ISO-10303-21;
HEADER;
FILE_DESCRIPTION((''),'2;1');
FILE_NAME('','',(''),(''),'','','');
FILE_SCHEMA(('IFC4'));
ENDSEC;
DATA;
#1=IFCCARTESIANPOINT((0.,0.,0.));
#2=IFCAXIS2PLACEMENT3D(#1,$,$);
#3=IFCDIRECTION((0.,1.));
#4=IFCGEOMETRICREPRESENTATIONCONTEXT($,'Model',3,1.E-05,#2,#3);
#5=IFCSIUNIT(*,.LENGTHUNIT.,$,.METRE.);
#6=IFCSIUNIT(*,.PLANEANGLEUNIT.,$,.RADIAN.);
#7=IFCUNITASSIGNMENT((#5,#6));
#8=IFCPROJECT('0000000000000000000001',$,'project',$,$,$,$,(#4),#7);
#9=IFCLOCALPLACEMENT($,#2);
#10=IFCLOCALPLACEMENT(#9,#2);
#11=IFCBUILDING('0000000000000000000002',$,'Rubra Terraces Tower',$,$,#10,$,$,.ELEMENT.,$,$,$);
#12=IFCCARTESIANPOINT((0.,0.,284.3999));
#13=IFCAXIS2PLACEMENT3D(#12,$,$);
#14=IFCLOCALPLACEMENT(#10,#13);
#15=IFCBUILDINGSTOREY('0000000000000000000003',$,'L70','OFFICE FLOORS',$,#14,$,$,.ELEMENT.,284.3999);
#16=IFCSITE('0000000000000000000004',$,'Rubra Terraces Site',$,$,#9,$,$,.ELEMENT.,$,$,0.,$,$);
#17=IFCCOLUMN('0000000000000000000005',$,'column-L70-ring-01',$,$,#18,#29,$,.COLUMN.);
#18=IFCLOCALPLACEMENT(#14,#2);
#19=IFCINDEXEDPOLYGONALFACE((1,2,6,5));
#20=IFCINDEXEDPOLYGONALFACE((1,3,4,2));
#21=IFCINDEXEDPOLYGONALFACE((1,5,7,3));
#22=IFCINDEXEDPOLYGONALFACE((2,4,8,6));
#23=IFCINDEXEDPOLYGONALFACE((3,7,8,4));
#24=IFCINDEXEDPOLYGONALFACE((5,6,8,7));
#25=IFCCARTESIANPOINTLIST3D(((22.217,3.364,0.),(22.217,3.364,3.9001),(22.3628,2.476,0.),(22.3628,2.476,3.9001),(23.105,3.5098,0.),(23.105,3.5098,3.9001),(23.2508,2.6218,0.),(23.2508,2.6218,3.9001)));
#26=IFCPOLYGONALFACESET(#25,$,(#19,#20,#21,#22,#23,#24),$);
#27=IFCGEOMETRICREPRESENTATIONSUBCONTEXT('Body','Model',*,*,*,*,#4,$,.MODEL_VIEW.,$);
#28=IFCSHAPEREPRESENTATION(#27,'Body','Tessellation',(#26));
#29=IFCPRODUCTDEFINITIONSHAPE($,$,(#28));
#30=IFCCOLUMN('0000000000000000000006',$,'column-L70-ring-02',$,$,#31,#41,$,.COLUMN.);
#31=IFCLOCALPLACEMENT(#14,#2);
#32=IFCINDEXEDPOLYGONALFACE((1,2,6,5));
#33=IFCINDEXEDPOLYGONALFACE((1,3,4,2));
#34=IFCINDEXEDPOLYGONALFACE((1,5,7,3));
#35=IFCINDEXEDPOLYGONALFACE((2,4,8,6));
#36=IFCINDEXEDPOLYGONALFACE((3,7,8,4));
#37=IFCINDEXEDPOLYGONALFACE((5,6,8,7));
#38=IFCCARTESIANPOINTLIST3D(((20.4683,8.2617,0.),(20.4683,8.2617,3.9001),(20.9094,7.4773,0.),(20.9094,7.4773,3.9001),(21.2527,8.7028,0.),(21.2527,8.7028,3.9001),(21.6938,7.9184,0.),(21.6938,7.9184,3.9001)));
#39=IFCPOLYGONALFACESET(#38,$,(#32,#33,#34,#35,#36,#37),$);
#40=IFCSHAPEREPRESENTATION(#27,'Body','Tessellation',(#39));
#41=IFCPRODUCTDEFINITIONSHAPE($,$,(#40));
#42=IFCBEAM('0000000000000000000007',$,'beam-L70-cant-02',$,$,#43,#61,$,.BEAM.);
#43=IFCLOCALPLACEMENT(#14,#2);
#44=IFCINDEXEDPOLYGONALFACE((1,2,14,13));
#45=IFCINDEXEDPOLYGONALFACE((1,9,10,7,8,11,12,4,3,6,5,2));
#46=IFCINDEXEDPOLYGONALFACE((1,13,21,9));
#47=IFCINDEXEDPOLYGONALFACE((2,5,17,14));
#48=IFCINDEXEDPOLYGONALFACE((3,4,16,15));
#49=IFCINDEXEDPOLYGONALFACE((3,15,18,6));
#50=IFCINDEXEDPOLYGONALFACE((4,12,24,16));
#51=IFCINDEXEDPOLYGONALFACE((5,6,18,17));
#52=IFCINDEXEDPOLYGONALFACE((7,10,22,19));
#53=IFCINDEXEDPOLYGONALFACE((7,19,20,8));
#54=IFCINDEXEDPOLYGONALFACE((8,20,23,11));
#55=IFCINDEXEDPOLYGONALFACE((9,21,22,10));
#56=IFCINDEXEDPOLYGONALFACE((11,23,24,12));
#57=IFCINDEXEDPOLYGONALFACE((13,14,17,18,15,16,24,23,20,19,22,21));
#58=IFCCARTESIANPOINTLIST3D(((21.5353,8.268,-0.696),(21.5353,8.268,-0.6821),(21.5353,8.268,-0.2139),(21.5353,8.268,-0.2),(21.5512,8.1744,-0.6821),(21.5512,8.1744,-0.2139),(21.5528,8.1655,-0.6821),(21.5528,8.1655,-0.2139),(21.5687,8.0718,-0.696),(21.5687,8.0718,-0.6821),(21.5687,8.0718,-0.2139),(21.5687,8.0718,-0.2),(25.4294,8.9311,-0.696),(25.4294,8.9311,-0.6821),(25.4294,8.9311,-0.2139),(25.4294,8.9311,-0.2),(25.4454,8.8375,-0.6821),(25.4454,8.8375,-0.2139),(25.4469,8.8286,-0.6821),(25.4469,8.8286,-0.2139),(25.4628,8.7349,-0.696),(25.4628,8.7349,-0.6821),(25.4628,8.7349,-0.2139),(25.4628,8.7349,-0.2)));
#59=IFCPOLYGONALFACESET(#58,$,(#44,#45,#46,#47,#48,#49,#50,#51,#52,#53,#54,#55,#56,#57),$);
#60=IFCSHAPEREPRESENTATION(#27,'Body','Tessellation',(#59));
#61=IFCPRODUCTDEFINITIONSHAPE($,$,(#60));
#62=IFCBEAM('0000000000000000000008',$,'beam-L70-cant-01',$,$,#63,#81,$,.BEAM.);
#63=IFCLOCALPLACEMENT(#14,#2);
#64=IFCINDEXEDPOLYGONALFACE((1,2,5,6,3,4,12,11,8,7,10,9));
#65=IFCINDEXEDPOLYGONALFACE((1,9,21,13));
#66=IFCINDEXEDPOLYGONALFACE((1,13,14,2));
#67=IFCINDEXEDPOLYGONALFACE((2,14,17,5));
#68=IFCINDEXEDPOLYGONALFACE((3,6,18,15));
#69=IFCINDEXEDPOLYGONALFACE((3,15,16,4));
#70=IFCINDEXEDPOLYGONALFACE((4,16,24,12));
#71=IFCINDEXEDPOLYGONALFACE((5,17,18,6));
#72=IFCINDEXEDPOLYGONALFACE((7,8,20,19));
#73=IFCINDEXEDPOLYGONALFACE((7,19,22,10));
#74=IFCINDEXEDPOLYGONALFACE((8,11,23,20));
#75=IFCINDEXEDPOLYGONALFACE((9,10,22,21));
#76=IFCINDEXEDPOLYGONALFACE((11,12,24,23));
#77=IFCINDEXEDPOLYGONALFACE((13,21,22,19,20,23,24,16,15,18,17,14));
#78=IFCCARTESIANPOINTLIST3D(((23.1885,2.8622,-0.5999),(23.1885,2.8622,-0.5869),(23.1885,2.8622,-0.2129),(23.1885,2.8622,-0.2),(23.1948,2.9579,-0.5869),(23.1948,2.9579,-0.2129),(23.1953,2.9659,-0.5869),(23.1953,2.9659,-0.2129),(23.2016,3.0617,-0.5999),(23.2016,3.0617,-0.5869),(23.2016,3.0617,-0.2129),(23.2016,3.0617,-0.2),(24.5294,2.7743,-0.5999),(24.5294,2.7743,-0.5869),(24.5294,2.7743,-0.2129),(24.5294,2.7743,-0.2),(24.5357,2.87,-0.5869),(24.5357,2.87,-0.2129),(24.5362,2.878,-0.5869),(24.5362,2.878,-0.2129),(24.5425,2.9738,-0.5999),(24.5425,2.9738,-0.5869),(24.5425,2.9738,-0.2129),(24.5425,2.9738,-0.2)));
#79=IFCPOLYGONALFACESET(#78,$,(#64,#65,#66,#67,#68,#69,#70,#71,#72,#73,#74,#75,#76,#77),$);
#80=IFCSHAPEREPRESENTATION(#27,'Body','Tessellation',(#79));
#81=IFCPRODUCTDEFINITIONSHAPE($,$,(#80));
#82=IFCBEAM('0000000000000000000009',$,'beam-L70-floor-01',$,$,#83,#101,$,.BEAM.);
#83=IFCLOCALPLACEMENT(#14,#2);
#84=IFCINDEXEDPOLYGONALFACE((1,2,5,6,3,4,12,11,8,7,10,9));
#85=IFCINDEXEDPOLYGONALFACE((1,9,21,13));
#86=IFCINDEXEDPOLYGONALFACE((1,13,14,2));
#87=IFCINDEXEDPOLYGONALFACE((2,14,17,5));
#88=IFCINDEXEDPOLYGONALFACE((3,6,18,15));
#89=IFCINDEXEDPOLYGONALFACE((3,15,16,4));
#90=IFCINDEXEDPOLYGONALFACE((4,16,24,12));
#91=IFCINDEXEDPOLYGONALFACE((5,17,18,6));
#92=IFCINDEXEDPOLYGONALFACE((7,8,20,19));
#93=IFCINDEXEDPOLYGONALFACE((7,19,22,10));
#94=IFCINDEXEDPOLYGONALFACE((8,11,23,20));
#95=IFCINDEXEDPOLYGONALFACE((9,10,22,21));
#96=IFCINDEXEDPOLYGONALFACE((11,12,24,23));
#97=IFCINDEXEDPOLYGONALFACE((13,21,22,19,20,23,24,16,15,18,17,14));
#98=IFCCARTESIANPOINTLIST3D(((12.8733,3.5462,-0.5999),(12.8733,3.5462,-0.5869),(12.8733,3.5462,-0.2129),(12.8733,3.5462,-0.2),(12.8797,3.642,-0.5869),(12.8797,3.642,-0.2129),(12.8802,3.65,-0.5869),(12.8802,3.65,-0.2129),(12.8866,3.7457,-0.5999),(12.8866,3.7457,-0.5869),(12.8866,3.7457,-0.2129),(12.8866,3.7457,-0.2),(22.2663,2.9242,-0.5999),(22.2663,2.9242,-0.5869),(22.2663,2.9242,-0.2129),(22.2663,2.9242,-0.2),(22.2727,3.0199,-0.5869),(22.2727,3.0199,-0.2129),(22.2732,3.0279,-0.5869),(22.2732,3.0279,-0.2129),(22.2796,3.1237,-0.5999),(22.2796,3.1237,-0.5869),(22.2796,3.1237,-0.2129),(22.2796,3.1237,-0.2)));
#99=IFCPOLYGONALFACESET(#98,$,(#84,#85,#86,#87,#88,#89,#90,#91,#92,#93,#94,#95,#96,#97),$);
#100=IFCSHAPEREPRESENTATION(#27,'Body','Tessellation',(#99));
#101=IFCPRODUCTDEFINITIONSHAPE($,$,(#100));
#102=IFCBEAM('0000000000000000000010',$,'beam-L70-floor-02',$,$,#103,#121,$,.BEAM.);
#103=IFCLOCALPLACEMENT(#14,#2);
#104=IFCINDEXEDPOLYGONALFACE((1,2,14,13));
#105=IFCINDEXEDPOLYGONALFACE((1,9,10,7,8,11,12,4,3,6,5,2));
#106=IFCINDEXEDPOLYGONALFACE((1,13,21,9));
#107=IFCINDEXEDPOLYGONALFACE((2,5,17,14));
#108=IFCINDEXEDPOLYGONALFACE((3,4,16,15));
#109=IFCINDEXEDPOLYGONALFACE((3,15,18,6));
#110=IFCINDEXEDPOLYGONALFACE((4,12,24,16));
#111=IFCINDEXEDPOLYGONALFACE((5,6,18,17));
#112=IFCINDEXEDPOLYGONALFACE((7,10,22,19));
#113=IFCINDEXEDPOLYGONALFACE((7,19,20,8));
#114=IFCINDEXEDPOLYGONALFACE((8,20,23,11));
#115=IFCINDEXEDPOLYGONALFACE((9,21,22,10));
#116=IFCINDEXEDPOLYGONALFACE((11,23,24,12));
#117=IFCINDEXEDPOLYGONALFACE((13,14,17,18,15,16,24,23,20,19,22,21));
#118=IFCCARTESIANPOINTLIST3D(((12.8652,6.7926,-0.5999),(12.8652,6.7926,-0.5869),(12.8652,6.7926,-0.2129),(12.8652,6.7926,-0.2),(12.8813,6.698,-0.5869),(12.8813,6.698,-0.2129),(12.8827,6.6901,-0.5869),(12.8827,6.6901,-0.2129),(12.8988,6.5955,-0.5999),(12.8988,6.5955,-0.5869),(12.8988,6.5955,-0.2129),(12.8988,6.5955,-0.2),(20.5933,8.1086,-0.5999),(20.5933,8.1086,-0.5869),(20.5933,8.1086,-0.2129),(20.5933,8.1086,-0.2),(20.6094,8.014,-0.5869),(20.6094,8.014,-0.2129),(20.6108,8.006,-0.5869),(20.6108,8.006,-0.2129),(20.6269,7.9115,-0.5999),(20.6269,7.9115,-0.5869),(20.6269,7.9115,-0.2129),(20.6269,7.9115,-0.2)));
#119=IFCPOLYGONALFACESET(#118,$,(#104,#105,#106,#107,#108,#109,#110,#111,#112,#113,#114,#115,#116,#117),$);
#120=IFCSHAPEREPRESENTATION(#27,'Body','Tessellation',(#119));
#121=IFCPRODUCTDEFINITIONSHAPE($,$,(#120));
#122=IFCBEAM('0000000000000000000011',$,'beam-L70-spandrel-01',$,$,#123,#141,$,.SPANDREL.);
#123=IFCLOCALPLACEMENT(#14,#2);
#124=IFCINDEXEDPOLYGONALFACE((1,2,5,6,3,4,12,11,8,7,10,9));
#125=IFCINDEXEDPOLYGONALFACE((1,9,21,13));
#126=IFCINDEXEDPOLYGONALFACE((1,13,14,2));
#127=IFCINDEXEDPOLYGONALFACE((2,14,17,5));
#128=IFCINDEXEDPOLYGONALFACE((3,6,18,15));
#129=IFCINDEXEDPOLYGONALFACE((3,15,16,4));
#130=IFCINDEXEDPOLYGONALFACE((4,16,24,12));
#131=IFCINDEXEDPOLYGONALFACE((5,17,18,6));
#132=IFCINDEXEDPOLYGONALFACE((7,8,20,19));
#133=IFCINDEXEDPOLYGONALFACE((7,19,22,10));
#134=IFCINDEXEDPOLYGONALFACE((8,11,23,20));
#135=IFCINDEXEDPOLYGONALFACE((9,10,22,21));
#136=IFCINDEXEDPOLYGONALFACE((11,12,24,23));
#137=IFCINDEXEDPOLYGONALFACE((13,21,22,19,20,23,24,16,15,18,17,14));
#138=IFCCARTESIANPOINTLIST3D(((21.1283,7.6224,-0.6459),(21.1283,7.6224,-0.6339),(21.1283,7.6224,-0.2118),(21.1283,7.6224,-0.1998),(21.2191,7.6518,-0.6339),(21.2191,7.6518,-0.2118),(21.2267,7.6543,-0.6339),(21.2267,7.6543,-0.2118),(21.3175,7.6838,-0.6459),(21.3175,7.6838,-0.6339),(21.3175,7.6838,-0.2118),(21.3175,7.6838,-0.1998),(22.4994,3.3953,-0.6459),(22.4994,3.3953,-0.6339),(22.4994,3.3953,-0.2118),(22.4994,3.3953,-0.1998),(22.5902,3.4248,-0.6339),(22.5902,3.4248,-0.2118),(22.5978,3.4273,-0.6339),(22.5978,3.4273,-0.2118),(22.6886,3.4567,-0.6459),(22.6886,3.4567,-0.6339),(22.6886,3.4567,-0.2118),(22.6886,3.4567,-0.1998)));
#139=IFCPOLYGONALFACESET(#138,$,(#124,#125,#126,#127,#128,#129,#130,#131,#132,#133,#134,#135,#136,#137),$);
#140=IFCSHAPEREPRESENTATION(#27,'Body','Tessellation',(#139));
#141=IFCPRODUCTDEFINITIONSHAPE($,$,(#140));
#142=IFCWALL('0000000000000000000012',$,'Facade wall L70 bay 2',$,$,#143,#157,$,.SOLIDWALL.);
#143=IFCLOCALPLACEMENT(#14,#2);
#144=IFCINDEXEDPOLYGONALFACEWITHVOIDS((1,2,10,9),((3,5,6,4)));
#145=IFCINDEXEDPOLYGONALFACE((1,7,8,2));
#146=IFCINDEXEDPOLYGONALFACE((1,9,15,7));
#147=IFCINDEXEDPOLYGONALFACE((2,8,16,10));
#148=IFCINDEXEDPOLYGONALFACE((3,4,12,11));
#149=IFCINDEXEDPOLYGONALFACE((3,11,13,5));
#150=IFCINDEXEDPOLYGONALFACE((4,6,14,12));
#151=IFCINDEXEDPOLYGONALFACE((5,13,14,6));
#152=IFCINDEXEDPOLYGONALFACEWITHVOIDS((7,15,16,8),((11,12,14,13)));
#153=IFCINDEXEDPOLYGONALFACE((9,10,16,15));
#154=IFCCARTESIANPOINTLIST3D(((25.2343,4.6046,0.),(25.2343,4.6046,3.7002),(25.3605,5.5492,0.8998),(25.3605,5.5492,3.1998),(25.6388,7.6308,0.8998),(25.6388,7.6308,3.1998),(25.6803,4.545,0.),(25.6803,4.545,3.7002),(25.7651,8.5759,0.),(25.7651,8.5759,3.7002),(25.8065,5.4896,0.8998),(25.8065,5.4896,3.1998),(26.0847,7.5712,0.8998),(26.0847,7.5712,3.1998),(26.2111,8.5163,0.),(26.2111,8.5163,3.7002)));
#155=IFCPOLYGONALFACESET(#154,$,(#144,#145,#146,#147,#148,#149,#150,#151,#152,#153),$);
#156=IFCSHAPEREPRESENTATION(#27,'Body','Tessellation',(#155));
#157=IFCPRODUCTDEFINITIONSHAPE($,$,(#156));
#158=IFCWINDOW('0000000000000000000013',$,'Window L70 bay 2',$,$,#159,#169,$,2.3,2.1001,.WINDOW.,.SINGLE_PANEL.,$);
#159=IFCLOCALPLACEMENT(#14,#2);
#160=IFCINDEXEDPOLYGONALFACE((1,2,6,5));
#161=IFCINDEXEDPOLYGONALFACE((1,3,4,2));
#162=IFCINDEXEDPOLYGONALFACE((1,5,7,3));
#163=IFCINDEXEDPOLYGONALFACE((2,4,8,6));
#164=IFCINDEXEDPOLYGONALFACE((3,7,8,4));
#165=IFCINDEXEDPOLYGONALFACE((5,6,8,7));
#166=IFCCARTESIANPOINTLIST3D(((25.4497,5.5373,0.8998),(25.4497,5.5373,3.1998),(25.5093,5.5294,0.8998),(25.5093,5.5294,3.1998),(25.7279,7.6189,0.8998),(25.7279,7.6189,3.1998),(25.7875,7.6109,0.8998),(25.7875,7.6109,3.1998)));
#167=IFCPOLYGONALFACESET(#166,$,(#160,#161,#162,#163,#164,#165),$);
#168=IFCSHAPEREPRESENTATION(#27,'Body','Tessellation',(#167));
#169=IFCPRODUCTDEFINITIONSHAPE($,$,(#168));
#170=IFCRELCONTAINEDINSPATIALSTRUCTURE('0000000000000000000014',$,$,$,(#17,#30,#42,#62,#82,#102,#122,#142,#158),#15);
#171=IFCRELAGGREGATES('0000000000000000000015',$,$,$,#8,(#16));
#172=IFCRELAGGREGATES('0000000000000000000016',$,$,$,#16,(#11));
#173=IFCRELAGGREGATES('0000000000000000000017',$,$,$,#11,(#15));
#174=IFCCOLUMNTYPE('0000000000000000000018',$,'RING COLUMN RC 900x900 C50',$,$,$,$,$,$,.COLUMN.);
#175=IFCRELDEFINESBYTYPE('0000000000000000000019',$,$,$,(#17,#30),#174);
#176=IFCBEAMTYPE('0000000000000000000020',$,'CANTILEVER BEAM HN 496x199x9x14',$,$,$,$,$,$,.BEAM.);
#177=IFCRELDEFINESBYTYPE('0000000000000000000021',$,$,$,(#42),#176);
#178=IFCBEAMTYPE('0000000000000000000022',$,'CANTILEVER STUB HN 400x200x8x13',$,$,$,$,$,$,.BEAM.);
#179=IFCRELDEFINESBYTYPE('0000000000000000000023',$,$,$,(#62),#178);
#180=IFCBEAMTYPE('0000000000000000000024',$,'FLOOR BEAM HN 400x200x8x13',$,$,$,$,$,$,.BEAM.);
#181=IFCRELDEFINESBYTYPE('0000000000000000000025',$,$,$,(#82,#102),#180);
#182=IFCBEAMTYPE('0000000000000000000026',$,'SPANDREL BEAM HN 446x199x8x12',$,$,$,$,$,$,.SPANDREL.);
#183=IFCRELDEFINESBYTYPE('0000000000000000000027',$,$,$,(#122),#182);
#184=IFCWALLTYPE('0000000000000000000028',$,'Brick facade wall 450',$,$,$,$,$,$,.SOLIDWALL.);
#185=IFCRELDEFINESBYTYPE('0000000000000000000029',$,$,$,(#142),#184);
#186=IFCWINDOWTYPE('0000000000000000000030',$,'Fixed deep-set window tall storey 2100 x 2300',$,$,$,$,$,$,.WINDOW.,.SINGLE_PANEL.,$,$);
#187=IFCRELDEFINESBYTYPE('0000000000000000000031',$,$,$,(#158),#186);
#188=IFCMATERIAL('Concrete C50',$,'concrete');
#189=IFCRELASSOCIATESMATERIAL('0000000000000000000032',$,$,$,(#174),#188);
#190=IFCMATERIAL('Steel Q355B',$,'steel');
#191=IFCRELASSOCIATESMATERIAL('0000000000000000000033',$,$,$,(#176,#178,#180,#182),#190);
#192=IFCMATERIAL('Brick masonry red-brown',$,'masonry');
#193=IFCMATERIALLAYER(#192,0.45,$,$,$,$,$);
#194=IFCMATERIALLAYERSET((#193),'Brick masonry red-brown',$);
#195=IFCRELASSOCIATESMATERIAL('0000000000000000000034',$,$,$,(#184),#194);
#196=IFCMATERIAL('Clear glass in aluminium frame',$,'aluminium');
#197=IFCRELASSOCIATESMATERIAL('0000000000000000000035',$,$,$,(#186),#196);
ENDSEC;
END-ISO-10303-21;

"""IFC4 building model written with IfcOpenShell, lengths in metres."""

from ifc_helpers import new_model, si_unit, direction, frame, frame_2d, origin, origin_2d, place, context, subcontext, project, spatial, rectangle, i_section, extrude, material, layer, layer_set, material_profile, profile_set, type_object, element, fill, save


model = new_model("IFC4")

# Units and contexts
model_context = context("Model", 3, precision=1e-05, world=origin(), true_north=direction((0.0, 1.0)))
body_context = subcontext(model_context, "Body", "Model", "MODEL_VIEW")
ifc_project = project(units=[si_unit("LENGTHUNIT", "METRE"), si_unit("PLANEANGLEUNIT", "RADIAN")], contexts=[model_context])

# Site, building, storey
site_placement = place(None, origin())
site = spatial("IfcSite", under=ifc_project, at=site_placement, Name="Rubra Terraces Site", CompositionType="ELEMENT", RefElevation=0.0)
building_placement = place(site_placement, origin())
building = spatial("IfcBuilding", under=site, at=building_placement, Name="Rubra Terraces Tower", CompositionType="ELEMENT")
storey_placement = place(building_placement, frame((0.0, 0.0, 284.3999)))
storey = spatial("IfcBuildingStorey", under=building, at=storey_placement, Name="L70", Description="OFFICE FLOORS", CompositionType="ELEMENT", Elevation=284.3999)

# Columns
ifc_material_1 = material(Name="Concrete C50", Category="concrete")
ifc_material_profile_1 = material_profile(ifc_material_1, rectangle(XDim=0.8999, YDim=0.8999, at=origin_2d()), Name="RC 900x900")
ifc_profile_set_1 = profile_set([ifc_material_profile_1], Name="Concrete C50")
column_type = type_object("IfcColumnType", Name="RING COLUMN RC 900x900 C50", PredefinedType="COLUMN", material=ifc_profile_set_1)
for number, where, z_axis, x_axis, name in (
    (1, (22.7339, 2.9929, 0.0), (0.0, 0.0, 1.0), (-0.162062, 0.986781, 0.0), "column-L70-ring-01"),
    (2, (21.0811, 8.0901, 0.0), (0.0, 0.0, 1.0), (-0.490162, 0.871631, 0.0), "column-L70-ring-02"),
):
    element("IfcColumn", number, at=place(storey_placement, frame(where, z_axis=z_axis, x_axis=x_axis)), inside=storey, type_object=column_type, Name=name, PredefinedType="COLUMN", context=body_context, shape_type="SweptSolid", body=[
        extrude(rectangle(XDim=0.8999, YDim=0.8999, at=origin_2d()), origin(), (0.0, 0.0, 1.0), 3.9001),
    ])

# Beams
ifc_material_2 = material(Name="Steel Q355B", Category="steel")
ifc_material_profile_2 = material_profile(ifc_material_2, i_section(OverallWidth=0.199, OverallDepth=0.4961, WebThickness=0.009, FlangeThickness=0.0139, at=origin_2d()), Name="HN 496x199x9x14")
ifc_profile_set_2 = profile_set([ifc_material_profile_2], Name="Steel Q355B")
beam_type_1 = type_object("IfcBeamType", Name="CANTILEVER BEAM HN 496x199x9x14", PredefinedType="BEAM", material=ifc_profile_set_2)
beam_1_placement = place(storey_placement, frame((21.552, 8.1699, -0.448), z_axis=(0.98581, 0.167866, 0.0), x_axis=(-0.167866, 0.98581, 0.0)))
element("IfcBeam", 3, at=beam_1_placement, inside=storey, type_object=beam_type_1, Name="beam-L70-cant-02", PredefinedType="BEAM", context=body_context, shape_type="SweptSolid", body=[
    extrude(i_section(OverallWidth=0.199, OverallDepth=0.4961, WebThickness=0.009, FlangeThickness=0.0139, at=origin_2d()), origin(), (0.0, 0.0, 1.0), 3.9502),
])
ifc_material_profile_3 = material_profile(ifc_material_2, i_section(OverallWidth=0.2, OverallDepth=0.3999, WebThickness=0.0081, FlangeThickness=0.0129, at=origin_2d()), Name="HN 400x200x8x13")
ifc_profile_set_3 = profile_set([ifc_material_profile_3], Name="Steel Q355B")
beam_type_2 = type_object("IfcBeamType", Name="CANTILEVER STUB HN 400x200x8x13", PredefinedType="BEAM", material=ifc_profile_set_3)
beam_2_placement = place(storey_placement, frame((23.1951, 2.9619, -0.3999), z_axis=(0.997859, -0.06541, 0.0), x_axis=(0.06541, 0.997859, 0.0)))
element("IfcBeam", 4, at=beam_2_placement, inside=storey, type_object=beam_type_2, Name="beam-L70-cant-01", PredefinedType="BEAM", context=body_context, shape_type="SweptSolid", body=[
    extrude(i_section(OverallWidth=0.2, OverallDepth=0.3999, WebThickness=0.0081, FlangeThickness=0.0129, at=origin_2d()), origin(), (0.0, 0.0, 1.0), 1.3438),
])
ifc_material_profile_4 = material_profile(ifc_material_2, i_section(OverallWidth=0.2, OverallDepth=0.3999, WebThickness=0.0081, FlangeThickness=0.0129, at=origin_2d()), Name="HN 400x200x8x13")
ifc_profile_set_4 = profile_set([ifc_material_profile_4], Name="Steel Q355B")
beam_type_3 = type_object("IfcBeamType", Name="FLOOR BEAM HN 400x200x8x13", PredefinedType="BEAM", material=ifc_profile_set_4)
beam_3_placement = place(storey_placement, frame((22.2729, 3.0239, -0.3999), z_axis=(-0.997814, 0.066082, 0.0), x_axis=(-0.066082, -0.997814, 0.0)))
element("IfcBeam", 5, at=beam_3_placement, inside=storey, type_object=beam_type_3, Name="beam-L70-floor-01", PredefinedType="BEAM", context=body_context, shape_type="SweptSolid", body=[
    extrude(i_section(OverallWidth=0.2, OverallDepth=0.3999, WebThickness=0.0081, FlangeThickness=0.0129, at=origin_2d()), origin(), (0.0, 0.0, 1.0), 9.4136),
])
beam_4_placement = place(storey_placement, frame((20.6101, 8.01, -0.3999), z_axis=(-0.98581, -0.167862, 0.0), x_axis=(0.167862, -0.98581, 0.0)))
element("IfcBeam", 6, at=beam_4_placement, inside=storey, type_object=beam_type_3, Name="beam-L70-floor-02", PredefinedType="BEAM", context=body_context, shape_type="SweptSolid", body=[
    extrude(i_section(OverallWidth=0.2, OverallDepth=0.3999, WebThickness=0.0081, FlangeThickness=0.0129, at=origin_2d()), origin(), (0.0, 0.0, 1.0), 7.8394),
])
ifc_material_profile_5 = material_profile(ifc_material_2, i_section(OverallWidth=0.199, OverallDepth=0.446, WebThickness=0.0081, FlangeThickness=0.012, at=origin_2d()), Name="HN 446x199x8x12")
ifc_profile_set_5 = profile_set([ifc_material_profile_5], Name="Steel Q355B")
beam_type_4 = type_object("IfcBeamType", Name="SPANDREL BEAM HN 446x199x8x12", PredefinedType="SPANDREL", material=ifc_profile_set_5)
beam_5_placement = place(storey_placement, frame((22.594, 3.426, -0.4229), z_axis=(-0.308537, 0.951212, 0.0), x_axis=(-0.951212, -0.308537, 0.0)))
element("IfcBeam", 7, at=beam_5_placement, inside=storey, type_object=beam_type_4, Name="beam-L70-spandrel-01", PredefinedType="SPANDREL", context=body_context, shape_type="SweptSolid", body=[
    extrude(i_section(OverallWidth=0.199, OverallDepth=0.446, WebThickness=0.0081, FlangeThickness=0.012, at=origin_2d()), origin(), (0.0, 0.0, 1.0), 4.4438),
])

# Wall, opening, window
ifc_material_3 = material(Name="Brick masonry red-brown", Category="masonry")
ifc_layer_1 = layer(ifc_material_3, 0.45)
ifc_layer_set_1 = layer_set([ifc_layer_1], Name="Brick masonry red-brown")
wall_type_1 = type_object("IfcWallType", Name="Brick facade wall 450", PredefinedType="SOLIDWALL", material=ifc_layer_set_1)
wall_1_placement = place(storey_placement, frame((25.4573, 4.5747, 0.0), z_axis=(0.0, 0.0, 1.0), x_axis=(0.132475, 0.991186, 0.0)))
wall_1 = element("IfcWall", 8, at=wall_1_placement, inside=storey, type_object=wall_type_1, Name="Facade wall L70 bay 2", PredefinedType="SOLIDWALL", context=body_context, shape_type="SweptSolid", body=[
    extrude(rectangle(XDim=4.0066, YDim=0.45, at=frame_2d((2.0034, 0.0))), origin(), (0.0, 0.0, 1.0), 3.7002),
])
opening_1_placement = place(wall_1_placement, frame((0.9531, 0.0, 0.8999)))
opening_1 = element("IfcOpeningElement", 9, at=opening_1_placement, cuts=wall_1, PredefinedType="OPENING", context=body_context, shape_type="SweptSolid", body=[
    extrude(rectangle(XDim=2.1001, YDim=2.3, at=frame_2d((1.05, 1.1499))), frame((0.0, 0.2349, 0.0), z_axis=(0.0, -1.0, 0.0), x_axis=(1.0, 0.0, 0.0)), (0.0, 0.0, 1.0), 0.47),
])
ifc_material_4 = material(Name="Clear glass in aluminium frame", Category="aluminium")
window_type_1 = type_object("IfcWindowType", Name="Fixed deep-set window tall storey 2100 x 2300", PartitioningType="SINGLE_PANEL", PredefinedType="WINDOW", material=ifc_material_4)
window_1_placement = place(opening_1_placement, origin())
window_1 = element("IfcWindow", 10, at=window_1_placement, inside=storey, type_object=window_type_1, Name="Window L70 bay 2", OverallHeight=2.3, OverallWidth=2.1001, PartitioningType="SINGLE_PANEL", PredefinedType="WINDOW", context=body_context, shape_type="SweptSolid", body=[
    extrude(rectangle(XDim=2.1001, YDim=2.3, at=frame_2d((1.05, 1.1499))), frame((0.0, 0.135, 0.0), z_axis=(0.0, -1.0, 0.0), x_axis=(1.0, 0.0, 0.0)), (0.0, 0.0, 1.0), 0.0601),
])
fill(opening_1, window_1)

save(model, "model.ifc")
